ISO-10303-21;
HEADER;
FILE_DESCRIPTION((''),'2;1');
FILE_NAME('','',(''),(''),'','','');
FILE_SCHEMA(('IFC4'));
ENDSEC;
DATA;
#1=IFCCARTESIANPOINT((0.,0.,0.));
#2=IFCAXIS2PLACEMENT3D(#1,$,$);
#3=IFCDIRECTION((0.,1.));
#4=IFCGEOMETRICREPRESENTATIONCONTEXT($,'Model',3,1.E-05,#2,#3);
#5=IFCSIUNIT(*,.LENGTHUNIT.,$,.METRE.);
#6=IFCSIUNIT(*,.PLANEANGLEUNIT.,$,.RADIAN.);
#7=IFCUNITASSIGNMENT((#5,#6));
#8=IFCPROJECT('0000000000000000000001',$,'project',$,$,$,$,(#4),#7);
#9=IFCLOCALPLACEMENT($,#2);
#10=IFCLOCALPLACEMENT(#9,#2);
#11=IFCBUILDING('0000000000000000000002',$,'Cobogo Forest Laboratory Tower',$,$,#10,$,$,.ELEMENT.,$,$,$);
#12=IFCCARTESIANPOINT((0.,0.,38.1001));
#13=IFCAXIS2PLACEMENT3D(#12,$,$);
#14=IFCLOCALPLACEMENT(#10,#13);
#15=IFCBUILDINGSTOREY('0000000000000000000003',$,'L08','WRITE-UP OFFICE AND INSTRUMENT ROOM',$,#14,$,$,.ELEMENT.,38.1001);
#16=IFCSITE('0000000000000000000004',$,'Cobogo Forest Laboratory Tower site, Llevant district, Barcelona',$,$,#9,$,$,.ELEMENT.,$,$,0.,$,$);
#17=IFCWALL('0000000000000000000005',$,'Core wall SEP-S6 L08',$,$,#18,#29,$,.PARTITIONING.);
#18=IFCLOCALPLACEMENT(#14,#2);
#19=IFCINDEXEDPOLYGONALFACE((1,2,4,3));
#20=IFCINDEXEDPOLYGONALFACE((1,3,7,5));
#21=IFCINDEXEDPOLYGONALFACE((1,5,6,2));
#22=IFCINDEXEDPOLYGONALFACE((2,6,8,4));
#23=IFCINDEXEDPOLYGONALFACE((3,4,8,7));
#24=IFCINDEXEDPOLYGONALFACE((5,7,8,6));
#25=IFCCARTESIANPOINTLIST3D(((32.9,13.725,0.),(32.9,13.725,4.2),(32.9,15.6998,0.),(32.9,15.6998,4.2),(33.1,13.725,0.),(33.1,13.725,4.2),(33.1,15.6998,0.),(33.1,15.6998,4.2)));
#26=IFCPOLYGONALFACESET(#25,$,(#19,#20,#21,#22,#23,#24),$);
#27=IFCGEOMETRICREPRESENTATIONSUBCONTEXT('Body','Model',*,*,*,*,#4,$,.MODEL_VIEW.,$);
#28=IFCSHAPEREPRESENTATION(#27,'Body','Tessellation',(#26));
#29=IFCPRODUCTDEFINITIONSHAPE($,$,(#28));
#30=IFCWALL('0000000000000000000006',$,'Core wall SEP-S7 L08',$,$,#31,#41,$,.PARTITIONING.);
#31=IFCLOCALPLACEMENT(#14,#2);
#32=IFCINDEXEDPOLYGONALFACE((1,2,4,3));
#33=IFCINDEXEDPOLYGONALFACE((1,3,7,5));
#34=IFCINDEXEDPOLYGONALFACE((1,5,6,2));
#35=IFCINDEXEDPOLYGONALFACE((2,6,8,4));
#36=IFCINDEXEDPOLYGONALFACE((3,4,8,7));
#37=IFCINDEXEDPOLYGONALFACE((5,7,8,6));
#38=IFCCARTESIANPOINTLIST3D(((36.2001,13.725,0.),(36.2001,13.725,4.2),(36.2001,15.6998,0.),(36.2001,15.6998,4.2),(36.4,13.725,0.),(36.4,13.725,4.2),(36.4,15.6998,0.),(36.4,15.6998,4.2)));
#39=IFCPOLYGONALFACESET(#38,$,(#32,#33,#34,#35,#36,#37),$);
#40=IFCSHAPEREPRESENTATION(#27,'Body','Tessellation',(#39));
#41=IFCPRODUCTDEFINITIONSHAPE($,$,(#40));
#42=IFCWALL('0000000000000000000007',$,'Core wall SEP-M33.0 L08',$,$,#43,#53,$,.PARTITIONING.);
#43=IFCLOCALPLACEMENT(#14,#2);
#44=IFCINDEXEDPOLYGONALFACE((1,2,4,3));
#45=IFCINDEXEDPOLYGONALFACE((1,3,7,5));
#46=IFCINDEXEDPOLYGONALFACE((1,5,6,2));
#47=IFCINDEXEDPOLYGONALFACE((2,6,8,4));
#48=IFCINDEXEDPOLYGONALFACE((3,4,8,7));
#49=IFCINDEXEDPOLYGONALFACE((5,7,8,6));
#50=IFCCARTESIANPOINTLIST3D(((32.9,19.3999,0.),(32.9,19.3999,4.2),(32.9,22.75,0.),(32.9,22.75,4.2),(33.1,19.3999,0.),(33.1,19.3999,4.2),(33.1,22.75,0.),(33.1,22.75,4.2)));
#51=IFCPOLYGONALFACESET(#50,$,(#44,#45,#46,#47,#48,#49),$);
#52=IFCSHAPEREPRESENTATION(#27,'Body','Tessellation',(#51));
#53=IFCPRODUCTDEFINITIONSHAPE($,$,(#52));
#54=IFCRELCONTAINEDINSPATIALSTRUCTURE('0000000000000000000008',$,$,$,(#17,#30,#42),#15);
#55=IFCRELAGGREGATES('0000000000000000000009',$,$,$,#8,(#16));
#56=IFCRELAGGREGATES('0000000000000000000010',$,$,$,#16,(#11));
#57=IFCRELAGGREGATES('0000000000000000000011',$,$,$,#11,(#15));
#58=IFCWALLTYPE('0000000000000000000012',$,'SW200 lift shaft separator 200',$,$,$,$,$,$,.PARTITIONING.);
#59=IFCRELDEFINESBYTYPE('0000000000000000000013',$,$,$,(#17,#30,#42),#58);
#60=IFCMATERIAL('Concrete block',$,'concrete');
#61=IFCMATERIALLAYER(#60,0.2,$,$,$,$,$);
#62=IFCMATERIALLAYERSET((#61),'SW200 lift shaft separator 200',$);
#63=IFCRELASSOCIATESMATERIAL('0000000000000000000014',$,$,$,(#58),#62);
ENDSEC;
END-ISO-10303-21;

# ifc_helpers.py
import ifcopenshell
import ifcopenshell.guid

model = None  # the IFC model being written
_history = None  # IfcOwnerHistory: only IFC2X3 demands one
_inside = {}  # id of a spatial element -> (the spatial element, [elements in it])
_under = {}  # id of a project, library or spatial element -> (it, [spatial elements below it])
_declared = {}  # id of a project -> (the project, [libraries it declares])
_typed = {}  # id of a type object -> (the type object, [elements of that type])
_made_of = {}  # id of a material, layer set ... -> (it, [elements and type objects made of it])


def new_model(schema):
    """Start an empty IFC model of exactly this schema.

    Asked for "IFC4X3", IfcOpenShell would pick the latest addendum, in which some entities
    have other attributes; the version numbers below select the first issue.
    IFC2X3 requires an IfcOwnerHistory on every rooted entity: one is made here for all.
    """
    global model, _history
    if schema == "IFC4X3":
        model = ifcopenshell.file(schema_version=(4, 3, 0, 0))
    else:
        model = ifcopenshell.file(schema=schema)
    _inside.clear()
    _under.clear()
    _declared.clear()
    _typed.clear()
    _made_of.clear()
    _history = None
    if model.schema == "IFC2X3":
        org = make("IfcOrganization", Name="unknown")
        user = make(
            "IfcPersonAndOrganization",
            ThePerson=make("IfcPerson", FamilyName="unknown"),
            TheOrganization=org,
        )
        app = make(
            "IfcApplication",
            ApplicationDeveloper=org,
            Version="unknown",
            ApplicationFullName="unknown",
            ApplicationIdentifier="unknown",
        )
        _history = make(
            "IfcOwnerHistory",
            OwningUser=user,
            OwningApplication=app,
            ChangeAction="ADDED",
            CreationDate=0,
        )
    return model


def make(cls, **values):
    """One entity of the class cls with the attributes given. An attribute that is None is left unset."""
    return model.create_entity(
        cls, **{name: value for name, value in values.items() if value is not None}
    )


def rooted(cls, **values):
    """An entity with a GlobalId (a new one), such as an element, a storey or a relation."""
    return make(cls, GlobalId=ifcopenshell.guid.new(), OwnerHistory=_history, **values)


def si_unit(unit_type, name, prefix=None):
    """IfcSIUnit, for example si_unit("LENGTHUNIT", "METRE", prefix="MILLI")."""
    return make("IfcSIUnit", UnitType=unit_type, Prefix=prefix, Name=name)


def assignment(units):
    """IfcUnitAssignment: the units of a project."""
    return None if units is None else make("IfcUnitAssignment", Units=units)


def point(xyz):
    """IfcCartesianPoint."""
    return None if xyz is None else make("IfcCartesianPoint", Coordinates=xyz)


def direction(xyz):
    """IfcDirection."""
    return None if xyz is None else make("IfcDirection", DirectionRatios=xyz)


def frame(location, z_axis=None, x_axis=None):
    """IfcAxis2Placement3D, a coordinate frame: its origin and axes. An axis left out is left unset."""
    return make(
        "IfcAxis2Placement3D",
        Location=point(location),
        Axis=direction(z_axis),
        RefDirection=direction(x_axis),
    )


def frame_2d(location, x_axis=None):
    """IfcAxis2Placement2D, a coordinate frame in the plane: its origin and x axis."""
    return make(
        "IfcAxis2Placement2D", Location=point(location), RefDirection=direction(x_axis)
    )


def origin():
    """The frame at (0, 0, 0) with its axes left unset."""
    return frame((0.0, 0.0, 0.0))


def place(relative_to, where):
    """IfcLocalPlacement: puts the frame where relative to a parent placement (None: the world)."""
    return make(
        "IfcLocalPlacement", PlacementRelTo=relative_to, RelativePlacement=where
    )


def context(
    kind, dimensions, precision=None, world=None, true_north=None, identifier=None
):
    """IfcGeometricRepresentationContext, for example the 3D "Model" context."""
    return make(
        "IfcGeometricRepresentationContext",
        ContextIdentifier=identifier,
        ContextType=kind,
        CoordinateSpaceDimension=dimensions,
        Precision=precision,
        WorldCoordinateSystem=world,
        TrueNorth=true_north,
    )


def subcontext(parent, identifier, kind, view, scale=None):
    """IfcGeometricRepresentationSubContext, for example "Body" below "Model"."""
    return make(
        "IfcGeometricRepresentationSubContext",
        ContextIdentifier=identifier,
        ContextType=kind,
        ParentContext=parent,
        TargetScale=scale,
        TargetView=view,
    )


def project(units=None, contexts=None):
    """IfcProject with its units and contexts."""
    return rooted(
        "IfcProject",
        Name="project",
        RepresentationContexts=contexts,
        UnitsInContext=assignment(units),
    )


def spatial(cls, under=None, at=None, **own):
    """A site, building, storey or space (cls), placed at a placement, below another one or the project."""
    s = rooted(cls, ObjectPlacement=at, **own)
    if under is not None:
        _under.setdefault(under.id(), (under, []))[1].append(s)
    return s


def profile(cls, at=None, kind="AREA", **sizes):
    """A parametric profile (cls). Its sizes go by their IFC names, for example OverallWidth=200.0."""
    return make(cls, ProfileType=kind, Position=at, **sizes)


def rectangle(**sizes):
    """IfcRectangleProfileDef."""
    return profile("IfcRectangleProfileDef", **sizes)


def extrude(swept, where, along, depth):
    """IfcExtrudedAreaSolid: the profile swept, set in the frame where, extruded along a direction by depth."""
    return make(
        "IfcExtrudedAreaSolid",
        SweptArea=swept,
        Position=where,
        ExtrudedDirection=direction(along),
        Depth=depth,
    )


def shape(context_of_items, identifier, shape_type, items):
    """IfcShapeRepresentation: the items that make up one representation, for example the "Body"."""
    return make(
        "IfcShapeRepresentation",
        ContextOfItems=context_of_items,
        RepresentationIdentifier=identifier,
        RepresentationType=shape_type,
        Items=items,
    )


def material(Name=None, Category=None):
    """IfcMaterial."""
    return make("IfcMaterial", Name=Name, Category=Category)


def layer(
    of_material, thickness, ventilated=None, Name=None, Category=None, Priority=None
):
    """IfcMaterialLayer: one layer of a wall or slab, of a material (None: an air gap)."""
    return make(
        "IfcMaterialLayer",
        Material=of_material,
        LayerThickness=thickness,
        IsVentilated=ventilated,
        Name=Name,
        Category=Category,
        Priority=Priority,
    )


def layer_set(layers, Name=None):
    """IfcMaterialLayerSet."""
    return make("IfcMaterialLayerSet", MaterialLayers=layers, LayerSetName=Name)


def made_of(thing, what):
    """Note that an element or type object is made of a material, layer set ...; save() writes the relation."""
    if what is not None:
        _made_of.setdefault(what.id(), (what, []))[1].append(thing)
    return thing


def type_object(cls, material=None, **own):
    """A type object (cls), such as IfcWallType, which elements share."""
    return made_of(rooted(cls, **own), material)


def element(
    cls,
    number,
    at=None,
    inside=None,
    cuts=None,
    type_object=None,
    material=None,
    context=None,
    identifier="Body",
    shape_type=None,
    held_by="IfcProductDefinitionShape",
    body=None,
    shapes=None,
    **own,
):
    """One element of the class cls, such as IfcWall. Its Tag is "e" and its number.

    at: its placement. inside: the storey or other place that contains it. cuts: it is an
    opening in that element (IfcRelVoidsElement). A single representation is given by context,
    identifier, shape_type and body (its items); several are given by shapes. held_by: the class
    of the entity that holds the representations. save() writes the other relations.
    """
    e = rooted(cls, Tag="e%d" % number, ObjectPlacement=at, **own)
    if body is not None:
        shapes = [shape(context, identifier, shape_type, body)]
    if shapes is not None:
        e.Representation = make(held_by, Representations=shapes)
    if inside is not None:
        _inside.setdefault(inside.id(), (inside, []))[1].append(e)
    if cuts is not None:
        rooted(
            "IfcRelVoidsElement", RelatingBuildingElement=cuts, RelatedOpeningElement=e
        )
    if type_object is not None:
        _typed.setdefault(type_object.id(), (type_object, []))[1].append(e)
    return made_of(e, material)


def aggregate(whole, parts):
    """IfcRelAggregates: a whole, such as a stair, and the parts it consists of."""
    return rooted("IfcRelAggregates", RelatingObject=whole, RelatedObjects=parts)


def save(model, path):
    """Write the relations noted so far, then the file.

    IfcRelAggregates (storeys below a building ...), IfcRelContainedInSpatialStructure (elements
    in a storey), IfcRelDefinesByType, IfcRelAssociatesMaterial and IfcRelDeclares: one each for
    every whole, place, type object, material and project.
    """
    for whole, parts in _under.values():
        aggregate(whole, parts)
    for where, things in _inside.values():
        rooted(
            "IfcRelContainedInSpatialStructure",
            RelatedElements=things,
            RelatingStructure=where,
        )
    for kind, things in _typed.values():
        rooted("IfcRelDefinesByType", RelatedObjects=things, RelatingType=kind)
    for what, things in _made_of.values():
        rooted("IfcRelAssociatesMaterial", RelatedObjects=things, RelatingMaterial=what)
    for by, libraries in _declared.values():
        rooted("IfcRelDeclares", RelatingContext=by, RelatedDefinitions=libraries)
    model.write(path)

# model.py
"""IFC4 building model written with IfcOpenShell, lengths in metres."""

from ifc_helpers import new_model, si_unit, direction, frame, frame_2d, origin, place, context, subcontext, project, spatial, rectangle, extrude, material, layer, layer_set, type_object, element, save


model = new_model("IFC4")

# Units and contexts
model_context = context("Model", 3, precision=1e-05, world=origin(), true_north=direction((0.0, 1.0)))
body_context = subcontext(model_context, "Body", "Model", "MODEL_VIEW")
ifc_project = project(units=[si_unit("LENGTHUNIT", "METRE"), si_unit("PLANEANGLEUNIT", "RADIAN")], contexts=[model_context])

# Site, building, storey
site_placement = place(None, origin())
site = spatial("IfcSite", under=ifc_project, at=site_placement, Name="Cobogo Forest Laboratory Tower site, Llevant district, Barcelona", CompositionType="ELEMENT", RefElevation=0.0)
building_placement = place(site_placement, origin())
building = spatial("IfcBuilding", under=site, at=building_placement, Name="Cobogo Forest Laboratory Tower", CompositionType="ELEMENT")
storey_placement = place(building_placement, frame((0.0, 0.0, 38.1001)))
storey = spatial("IfcBuildingStorey", under=building, at=storey_placement, Name="L08", Description="WRITE-UP OFFICE AND INSTRUMENT ROOM", CompositionType="ELEMENT", Elevation=38.1001)

# Walls
ifc_material_1 = material(Name="Concrete block", Category="concrete")
ifc_layer_1 = layer(ifc_material_1, 0.2)
ifc_layer_set_1 = layer_set([ifc_layer_1], Name="SW200 lift shaft separator 200")
wall_type_1 = type_object("IfcWallType", Name="SW200 lift shaft separator 200", PredefinedType="PARTITIONING", material=ifc_layer_set_1)
for number, where, z_axis, x_axis, name in (
    (1, (33.0, 13.7251, 0.0), (0.0, 0.0, 1.0), (0.0, 1.0, 0.0), "Core wall SEP-S6 L08"),
    (2, (36.3, 13.7251, 0.0), (0.0, 0.0, 1.0), (0.0, 1.0, 0.0), "Core wall SEP-S7 L08"),
):
    element("IfcWall", number, at=place(storey_placement, frame(where, z_axis=z_axis, x_axis=x_axis)), inside=storey, type_object=wall_type_1, Name=name, PredefinedType="PARTITIONING", context=body_context, shape_type="SweptSolid", body=[
        extrude(rectangle(XDim=1.9749, YDim=0.2, at=frame_2d((0.9873, 0.0))), origin(), (0.0, 0.0, 1.0), 4.2),
    ])
wall_1_placement = place(storey_placement, frame((33.0, 19.3999, 0.0), z_axis=(0.0, 0.0, 1.0), x_axis=(0.0, 1.0, 0.0)))
element("IfcWall", 3, at=wall_1_placement, inside=storey, type_object=wall_type_1, Name="Core wall SEP-M33.0 L08", PredefinedType="PARTITIONING", context=body_context, shape_type="SweptSolid", body=[
    extrude(rectangle(XDim=3.3501, YDim=0.2, at=frame_2d((1.675, 0.0))), origin(), (0.0, 0.0, 1.0), 4.2),
])

save(model, "model.ifc")
